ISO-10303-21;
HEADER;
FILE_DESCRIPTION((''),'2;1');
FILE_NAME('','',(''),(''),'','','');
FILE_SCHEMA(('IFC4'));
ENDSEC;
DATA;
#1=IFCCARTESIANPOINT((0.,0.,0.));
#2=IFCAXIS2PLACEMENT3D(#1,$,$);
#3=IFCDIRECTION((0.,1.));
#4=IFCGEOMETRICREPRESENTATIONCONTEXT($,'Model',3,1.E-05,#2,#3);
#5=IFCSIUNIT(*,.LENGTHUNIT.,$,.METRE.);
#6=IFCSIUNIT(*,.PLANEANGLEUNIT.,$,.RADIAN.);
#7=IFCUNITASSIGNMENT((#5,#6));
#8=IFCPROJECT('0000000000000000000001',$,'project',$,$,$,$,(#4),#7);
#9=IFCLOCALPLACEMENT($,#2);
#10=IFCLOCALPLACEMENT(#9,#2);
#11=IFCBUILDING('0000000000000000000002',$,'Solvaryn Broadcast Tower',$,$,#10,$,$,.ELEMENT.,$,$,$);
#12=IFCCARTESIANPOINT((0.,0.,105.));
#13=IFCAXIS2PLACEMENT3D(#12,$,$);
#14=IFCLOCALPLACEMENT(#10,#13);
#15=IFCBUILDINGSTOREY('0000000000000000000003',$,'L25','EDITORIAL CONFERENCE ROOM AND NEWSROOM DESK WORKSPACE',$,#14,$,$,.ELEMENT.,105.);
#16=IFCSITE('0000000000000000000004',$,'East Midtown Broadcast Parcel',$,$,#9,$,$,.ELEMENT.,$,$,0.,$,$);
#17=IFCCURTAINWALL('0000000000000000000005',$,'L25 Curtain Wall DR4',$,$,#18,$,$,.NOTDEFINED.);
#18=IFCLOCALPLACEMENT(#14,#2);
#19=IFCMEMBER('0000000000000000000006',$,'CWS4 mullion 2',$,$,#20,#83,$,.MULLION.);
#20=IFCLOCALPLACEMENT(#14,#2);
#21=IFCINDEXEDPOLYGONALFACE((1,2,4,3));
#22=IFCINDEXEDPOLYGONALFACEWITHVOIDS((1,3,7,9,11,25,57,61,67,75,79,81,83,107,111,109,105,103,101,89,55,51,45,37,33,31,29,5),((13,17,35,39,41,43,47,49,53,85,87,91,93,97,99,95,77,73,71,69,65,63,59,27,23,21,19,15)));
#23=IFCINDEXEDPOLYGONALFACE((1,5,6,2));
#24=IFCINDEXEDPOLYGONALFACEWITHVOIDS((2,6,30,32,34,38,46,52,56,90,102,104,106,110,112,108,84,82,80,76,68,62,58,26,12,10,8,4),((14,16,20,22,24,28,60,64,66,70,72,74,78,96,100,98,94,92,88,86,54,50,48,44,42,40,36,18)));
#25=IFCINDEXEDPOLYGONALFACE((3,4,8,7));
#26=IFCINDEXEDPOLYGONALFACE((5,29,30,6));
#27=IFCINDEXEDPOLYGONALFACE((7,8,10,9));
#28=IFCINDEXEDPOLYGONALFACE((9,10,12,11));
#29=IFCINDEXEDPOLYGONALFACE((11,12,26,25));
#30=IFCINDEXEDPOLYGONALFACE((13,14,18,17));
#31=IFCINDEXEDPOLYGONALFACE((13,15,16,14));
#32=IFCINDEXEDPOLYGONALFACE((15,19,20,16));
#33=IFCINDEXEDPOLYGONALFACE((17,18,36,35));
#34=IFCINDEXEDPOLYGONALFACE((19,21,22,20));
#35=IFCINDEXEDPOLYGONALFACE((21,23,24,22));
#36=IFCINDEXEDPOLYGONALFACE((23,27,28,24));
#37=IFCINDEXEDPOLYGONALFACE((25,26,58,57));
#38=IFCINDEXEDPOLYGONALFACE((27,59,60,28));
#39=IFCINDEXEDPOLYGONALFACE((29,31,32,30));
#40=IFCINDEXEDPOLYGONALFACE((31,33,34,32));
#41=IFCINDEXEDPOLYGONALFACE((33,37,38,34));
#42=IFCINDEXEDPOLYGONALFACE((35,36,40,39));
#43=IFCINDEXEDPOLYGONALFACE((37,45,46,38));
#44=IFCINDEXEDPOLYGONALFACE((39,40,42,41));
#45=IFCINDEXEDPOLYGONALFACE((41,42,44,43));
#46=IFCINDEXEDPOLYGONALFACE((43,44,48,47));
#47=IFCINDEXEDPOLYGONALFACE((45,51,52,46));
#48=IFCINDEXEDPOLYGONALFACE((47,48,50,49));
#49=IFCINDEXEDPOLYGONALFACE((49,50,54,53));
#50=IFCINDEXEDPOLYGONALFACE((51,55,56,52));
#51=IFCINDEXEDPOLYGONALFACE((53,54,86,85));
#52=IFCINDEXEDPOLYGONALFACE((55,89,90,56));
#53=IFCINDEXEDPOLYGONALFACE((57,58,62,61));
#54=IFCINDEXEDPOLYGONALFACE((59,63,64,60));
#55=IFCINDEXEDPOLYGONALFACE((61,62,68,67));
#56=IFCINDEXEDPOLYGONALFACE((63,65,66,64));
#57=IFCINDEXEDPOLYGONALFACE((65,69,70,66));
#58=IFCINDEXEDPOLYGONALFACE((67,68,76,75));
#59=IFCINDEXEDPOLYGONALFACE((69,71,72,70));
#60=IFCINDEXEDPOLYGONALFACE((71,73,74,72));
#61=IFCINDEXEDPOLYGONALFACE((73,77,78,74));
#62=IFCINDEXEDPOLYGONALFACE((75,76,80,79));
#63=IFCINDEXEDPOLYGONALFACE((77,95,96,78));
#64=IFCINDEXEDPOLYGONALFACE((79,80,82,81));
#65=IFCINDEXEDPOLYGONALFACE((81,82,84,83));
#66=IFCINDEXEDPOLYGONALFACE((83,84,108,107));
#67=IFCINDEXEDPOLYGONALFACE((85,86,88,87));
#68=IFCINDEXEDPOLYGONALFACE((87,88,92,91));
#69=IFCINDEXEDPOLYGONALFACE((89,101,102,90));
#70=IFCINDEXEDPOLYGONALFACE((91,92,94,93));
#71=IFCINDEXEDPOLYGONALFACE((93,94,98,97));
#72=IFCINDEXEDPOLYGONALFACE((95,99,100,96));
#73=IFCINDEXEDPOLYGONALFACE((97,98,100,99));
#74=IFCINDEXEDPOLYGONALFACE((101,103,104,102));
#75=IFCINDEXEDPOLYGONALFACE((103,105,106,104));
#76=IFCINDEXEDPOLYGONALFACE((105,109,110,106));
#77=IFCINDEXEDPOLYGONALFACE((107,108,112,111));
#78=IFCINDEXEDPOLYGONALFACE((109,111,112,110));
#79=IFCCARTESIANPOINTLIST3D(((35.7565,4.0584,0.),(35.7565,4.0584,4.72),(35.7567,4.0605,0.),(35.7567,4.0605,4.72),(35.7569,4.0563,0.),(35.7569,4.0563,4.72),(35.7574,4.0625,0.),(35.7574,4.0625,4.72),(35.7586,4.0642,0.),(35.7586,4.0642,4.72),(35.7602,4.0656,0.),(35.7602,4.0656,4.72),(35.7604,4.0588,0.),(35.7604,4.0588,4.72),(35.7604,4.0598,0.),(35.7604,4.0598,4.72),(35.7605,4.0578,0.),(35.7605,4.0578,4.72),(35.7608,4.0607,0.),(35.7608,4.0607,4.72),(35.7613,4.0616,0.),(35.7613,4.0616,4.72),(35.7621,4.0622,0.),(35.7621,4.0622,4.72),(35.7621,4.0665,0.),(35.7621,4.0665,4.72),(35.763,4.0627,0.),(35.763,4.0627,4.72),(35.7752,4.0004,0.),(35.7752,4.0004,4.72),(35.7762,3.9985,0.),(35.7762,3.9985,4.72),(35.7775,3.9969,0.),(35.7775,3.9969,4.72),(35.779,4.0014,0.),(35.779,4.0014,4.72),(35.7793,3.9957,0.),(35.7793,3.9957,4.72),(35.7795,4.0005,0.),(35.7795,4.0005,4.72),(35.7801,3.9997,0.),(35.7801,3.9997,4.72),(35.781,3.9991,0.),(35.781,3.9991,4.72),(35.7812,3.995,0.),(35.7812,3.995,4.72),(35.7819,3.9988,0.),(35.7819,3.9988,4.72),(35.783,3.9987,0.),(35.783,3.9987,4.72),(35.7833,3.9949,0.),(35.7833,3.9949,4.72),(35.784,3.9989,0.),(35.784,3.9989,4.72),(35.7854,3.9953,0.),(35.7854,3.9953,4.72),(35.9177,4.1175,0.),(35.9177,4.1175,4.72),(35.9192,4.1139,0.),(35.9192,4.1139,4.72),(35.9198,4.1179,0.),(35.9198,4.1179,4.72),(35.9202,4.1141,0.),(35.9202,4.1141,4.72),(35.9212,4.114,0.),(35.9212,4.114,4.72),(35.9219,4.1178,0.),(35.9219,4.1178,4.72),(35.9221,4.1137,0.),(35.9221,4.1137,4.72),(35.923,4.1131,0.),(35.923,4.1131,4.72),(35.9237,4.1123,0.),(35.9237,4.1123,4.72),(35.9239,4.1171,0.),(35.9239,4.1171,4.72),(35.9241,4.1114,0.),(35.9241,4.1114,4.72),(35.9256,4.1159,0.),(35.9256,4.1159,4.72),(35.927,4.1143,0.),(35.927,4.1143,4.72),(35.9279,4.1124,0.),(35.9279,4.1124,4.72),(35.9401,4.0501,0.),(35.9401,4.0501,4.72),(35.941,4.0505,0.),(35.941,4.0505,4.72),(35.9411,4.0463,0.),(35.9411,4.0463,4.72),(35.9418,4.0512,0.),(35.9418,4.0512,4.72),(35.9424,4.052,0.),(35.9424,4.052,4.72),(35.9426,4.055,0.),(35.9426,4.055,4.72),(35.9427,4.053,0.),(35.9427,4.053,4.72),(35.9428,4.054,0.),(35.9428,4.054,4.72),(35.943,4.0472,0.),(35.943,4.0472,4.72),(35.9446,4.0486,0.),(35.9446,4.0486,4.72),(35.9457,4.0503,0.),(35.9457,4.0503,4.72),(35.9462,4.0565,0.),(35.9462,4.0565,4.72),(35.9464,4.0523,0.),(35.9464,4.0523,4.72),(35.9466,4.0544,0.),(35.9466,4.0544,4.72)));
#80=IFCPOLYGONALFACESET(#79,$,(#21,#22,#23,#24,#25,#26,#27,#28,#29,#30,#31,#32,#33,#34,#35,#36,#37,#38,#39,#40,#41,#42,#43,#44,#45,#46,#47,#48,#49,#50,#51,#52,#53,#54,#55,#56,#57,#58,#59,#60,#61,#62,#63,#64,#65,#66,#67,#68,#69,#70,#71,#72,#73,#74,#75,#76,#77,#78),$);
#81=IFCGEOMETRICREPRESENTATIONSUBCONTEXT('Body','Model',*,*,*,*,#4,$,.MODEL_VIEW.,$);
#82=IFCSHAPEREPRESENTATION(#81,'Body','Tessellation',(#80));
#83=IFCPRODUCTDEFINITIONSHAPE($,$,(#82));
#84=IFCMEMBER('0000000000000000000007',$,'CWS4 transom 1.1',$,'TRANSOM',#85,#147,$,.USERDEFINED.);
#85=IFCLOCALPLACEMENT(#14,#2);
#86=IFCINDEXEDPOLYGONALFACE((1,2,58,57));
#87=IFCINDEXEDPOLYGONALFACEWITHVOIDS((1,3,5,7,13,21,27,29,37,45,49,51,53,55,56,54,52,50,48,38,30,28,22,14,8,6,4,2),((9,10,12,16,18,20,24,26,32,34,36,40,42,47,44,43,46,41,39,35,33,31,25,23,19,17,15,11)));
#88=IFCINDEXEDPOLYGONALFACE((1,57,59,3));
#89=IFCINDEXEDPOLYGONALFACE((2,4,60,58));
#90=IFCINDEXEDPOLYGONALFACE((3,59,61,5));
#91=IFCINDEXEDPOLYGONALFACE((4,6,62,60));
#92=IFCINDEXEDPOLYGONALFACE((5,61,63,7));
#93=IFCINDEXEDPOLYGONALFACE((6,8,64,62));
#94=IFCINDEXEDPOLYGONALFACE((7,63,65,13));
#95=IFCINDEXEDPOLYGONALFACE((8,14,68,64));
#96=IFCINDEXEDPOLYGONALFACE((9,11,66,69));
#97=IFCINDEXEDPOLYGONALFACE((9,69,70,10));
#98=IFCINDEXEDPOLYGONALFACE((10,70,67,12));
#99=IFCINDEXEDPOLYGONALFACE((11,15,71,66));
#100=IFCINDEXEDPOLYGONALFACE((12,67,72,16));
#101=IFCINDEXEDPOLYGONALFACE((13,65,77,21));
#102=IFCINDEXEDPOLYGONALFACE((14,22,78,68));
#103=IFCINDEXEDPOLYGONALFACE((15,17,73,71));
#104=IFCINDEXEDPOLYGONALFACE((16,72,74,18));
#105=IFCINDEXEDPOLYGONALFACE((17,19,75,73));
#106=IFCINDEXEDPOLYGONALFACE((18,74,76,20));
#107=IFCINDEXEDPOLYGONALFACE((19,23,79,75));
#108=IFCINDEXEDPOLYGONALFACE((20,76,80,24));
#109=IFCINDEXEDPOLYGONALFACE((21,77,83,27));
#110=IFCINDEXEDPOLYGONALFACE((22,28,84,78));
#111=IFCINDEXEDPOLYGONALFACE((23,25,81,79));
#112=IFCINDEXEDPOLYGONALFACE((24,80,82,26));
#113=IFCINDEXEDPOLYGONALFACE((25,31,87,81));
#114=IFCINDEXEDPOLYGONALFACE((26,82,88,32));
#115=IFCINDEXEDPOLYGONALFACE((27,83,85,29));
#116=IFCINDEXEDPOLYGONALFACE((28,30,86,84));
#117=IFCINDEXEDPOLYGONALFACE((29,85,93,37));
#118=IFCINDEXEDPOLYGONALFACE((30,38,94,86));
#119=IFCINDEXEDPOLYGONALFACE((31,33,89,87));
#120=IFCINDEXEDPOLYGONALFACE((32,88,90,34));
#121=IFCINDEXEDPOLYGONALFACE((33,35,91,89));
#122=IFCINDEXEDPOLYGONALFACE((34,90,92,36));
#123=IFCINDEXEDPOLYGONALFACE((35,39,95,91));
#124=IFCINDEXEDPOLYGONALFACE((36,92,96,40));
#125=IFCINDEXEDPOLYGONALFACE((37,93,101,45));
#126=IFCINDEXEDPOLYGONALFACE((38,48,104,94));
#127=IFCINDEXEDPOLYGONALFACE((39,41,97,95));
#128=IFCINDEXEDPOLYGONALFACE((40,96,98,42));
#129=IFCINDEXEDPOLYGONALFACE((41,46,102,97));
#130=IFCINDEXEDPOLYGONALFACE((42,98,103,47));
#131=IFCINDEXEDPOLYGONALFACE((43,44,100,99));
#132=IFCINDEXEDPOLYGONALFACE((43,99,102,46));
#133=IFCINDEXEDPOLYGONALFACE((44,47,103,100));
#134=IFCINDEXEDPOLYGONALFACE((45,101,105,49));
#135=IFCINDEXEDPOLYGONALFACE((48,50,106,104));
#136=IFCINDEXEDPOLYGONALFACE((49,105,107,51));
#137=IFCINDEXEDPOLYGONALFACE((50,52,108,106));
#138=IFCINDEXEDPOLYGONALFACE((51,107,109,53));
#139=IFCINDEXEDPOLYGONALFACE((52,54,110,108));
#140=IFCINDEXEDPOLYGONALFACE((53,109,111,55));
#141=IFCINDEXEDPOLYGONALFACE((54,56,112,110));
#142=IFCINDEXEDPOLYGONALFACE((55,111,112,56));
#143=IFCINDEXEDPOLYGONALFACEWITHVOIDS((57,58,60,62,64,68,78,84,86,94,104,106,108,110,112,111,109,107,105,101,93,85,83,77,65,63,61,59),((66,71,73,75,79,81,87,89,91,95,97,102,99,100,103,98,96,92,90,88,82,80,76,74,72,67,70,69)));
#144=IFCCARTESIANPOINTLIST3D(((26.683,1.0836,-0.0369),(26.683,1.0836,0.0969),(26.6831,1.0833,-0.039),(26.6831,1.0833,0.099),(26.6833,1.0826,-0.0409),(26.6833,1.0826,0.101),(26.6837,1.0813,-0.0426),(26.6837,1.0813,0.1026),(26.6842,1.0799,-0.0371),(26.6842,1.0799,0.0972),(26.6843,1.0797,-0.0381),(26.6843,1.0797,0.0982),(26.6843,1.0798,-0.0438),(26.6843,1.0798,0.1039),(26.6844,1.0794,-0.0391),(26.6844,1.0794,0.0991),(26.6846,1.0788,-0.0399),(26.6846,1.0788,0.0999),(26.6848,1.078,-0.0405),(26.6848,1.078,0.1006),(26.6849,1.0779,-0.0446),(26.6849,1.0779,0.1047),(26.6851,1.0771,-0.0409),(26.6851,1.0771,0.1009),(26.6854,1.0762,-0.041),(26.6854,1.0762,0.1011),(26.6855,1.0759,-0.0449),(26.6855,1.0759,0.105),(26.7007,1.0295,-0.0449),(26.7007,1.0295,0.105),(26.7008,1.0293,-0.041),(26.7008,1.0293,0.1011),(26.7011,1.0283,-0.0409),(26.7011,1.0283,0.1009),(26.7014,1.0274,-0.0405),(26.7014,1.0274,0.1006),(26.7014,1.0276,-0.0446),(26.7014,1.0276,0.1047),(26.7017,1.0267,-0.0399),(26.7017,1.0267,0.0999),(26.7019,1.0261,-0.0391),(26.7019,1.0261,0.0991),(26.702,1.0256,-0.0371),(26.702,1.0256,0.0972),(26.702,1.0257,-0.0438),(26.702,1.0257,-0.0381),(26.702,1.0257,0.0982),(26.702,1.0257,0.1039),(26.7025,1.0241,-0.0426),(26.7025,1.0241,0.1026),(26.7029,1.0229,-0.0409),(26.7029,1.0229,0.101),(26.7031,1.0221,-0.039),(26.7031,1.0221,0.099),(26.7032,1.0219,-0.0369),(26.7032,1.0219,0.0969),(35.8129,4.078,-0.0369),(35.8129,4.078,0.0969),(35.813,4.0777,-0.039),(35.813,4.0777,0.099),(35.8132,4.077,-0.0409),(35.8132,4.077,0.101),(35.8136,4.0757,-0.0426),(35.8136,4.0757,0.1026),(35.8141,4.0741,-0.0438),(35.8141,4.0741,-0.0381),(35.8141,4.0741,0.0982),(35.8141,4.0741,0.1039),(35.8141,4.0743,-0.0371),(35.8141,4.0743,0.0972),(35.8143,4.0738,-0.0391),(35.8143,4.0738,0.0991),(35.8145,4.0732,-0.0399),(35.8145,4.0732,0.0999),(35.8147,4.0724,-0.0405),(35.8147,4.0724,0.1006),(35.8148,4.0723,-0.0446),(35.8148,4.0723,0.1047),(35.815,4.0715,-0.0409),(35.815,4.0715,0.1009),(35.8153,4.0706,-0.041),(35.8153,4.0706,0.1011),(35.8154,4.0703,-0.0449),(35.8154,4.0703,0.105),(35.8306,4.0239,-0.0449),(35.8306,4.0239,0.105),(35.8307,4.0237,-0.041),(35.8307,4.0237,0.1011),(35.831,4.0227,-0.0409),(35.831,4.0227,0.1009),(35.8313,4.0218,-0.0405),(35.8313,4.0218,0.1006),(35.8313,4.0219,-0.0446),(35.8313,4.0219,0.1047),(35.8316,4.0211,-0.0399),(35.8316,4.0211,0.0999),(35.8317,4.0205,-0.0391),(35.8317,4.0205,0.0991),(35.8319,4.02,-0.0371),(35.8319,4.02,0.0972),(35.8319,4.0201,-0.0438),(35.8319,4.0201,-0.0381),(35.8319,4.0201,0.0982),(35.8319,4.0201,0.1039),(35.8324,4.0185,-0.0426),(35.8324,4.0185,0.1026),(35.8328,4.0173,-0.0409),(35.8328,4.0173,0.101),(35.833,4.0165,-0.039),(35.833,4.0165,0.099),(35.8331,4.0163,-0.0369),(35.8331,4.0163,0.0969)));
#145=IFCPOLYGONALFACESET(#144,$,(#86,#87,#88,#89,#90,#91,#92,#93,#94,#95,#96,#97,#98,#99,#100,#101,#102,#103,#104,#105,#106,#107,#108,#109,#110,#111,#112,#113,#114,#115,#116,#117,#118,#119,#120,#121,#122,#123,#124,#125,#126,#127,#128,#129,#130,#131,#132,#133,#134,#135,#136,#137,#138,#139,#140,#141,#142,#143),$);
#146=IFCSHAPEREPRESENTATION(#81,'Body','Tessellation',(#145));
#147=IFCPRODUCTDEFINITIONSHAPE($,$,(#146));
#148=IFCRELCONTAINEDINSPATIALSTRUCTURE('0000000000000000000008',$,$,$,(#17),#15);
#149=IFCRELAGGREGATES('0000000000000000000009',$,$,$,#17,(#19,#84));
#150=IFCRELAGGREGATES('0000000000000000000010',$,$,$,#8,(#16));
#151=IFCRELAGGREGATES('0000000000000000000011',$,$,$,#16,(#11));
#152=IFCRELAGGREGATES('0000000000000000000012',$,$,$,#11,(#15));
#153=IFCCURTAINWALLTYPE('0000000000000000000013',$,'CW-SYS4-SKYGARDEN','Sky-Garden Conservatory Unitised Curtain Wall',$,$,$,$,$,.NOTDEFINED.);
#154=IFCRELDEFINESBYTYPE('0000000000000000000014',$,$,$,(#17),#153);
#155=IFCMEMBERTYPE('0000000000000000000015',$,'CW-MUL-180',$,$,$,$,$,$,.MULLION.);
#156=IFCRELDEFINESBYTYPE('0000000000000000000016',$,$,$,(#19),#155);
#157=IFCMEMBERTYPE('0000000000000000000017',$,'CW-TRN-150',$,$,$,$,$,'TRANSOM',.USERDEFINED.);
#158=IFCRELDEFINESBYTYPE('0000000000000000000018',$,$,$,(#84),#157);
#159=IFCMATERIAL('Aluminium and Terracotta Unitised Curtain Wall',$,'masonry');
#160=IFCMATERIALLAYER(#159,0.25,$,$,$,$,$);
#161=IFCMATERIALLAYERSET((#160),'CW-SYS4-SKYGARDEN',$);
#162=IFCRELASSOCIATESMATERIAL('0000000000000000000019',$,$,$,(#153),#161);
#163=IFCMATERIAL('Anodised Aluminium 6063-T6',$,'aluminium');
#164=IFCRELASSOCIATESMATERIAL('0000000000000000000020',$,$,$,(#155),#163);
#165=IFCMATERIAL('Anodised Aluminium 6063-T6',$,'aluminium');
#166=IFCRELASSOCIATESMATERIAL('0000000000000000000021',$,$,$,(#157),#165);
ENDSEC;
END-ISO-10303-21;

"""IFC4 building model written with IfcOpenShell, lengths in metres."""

from ifc_helpers import new_model, si_unit, direction, frame, origin, origin_2d, place, context, subcontext, project, spatial, hollow_rectangle, extrude, material, layer, layer_set, material_profile, profile_set, type_object, element, aggregate, save


model = new_model("IFC4")

# Units and contexts
model_context = context("Model", 3, precision=1e-05, world=origin(), true_north=direction((0.0, 1.0)))
body_context = subcontext(model_context, "Body", "Model", "MODEL_VIEW")
ifc_project = project(units=[si_unit("LENGTHUNIT", "METRE"), si_unit("PLANEANGLEUNIT", "RADIAN")], contexts=[model_context])

# Site, building, storey
site_placement = place(None, origin())
site = spatial("IfcSite", under=ifc_project, at=site_placement, Name="East Midtown Broadcast Parcel", CompositionType="ELEMENT", RefElevation=0.0)
building_placement = place(site_placement, origin())
building = spatial("IfcBuilding", under=site, at=building_placement, Name="Solvaryn Broadcast Tower", CompositionType="ELEMENT")
storey_placement = place(building_placement, frame((0.0, 0.0, 105.0)))
storey = spatial("IfcBuildingStorey", under=building, at=storey_placement, Name="L25", Description="EDITORIAL CONFERENCE ROOM AND NEWSROOM DESK WORKSPACE", CompositionType="ELEMENT", Elevation=105.0)

# Shared definitions
ifc_material_1 = material(Name="Aluminium and Terracotta Unitised Curtain Wall", Category="masonry")
ifc_layer_1 = layer(ifc_material_1, 0.25)
ifc_layer_set_1 = layer_set([ifc_layer_1], Name="CW-SYS4-SKYGARDEN")
curtain_wall_type = type_object("IfcCurtainWallType", Name="CW-SYS4-SKYGARDEN", Description="Sky-Garden Conservatory Unitised Curtain Wall", PredefinedType="NOTDEFINED", material=ifc_layer_set_1)
ifc_material_2 = material(Name="Anodised Aluminium 6063-T6", Category="aluminium")
ifc_material_profile_1 = material_profile(ifc_material_2, hollow_rectangle(XDim=0.075, YDim=0.1799, WallThickness=0.0039, InnerFilletRadius=0.0039, OuterFilletRadius=0.0081, at=origin_2d()))
ifc_profile_set_1 = profile_set([ifc_material_profile_1], Name="Anodised Aluminium 6063-T6")
member_type_1 = type_object("IfcMemberType", Name="CW-MUL-180", PredefinedType="MULLION", material=ifc_profile_set_1)

# Curtain wall, members
curtain_wall_1_placement = place(storey_placement, origin())
curtain_wall_1 = element("IfcCurtainWall", 1, at=curtain_wall_1_placement, inside=storey, type_object=curtain_wall_type, Name="L25 Curtain Wall DR4", PredefinedType="NOTDEFINED")
member_1_placement = place(storey_placement, frame((35.8516, 4.0564, 0.0), z_axis=(0.0, 0.0, 1.0), x_axis=(-0.311646, 0.950198, 0.0)))
member_1 = element("IfcMember", 2, at=member_1_placement, type_object=member_type_1, Name="CWS4 mullion 2", PredefinedType="MULLION", context=body_context, shape_type="SweptSolid", body=[
    extrude(hollow_rectangle(XDim=0.075, YDim=0.1799, WallThickness=0.0039, InnerFilletRadius=0.0039, OuterFilletRadius=0.0081, at=origin_2d()), origin(), (0.0, 0.0, 1.0), 4.72),
])
ifc_material_3 = material(Name="Anodised Aluminium 6063-T6", Category="aluminium")
ifc_material_profile_2 = material_profile(ifc_material_3, hollow_rectangle(XDim=0.0649, YDim=0.1499, WallThickness=0.0039, InnerFilletRadius=0.0039, OuterFilletRadius=0.0081, at=origin_2d()))
ifc_profile_set_2 = profile_set([ifc_material_profile_2], Name="Anodised Aluminium 6063-T6")
member_type_2 = type_object("IfcMemberType", Name="CW-TRN-150", ElementType="TRANSOM", PredefinedType="USERDEFINED", material=ifc_profile_set_2)
member_2_placement = place(storey_placement, frame((26.6931, 1.0527, 0.03), z_axis=(0.950199, 0.311643, 0.0), x_axis=(-0.311643, 0.950199, 0.0)))
member_2 = element("IfcMember", 3, at=member_2_placement, type_object=member_type_2, Name="CWS4 transom 1.1", ObjectType="TRANSOM", PredefinedType="USERDEFINED", context=body_context, shape_type="SweptSolid", body=[
    extrude(hollow_rectangle(XDim=0.0649, YDim=0.1499, WallThickness=0.0039, InnerFilletRadius=0.0039, OuterFilletRadius=0.0081, at=origin_2d()), origin(), (0.0, 0.0, 1.0), 9.6084),
])

aggregate(curtain_wall_1, [member_1, member_2])

save(model, "model.ifc")
